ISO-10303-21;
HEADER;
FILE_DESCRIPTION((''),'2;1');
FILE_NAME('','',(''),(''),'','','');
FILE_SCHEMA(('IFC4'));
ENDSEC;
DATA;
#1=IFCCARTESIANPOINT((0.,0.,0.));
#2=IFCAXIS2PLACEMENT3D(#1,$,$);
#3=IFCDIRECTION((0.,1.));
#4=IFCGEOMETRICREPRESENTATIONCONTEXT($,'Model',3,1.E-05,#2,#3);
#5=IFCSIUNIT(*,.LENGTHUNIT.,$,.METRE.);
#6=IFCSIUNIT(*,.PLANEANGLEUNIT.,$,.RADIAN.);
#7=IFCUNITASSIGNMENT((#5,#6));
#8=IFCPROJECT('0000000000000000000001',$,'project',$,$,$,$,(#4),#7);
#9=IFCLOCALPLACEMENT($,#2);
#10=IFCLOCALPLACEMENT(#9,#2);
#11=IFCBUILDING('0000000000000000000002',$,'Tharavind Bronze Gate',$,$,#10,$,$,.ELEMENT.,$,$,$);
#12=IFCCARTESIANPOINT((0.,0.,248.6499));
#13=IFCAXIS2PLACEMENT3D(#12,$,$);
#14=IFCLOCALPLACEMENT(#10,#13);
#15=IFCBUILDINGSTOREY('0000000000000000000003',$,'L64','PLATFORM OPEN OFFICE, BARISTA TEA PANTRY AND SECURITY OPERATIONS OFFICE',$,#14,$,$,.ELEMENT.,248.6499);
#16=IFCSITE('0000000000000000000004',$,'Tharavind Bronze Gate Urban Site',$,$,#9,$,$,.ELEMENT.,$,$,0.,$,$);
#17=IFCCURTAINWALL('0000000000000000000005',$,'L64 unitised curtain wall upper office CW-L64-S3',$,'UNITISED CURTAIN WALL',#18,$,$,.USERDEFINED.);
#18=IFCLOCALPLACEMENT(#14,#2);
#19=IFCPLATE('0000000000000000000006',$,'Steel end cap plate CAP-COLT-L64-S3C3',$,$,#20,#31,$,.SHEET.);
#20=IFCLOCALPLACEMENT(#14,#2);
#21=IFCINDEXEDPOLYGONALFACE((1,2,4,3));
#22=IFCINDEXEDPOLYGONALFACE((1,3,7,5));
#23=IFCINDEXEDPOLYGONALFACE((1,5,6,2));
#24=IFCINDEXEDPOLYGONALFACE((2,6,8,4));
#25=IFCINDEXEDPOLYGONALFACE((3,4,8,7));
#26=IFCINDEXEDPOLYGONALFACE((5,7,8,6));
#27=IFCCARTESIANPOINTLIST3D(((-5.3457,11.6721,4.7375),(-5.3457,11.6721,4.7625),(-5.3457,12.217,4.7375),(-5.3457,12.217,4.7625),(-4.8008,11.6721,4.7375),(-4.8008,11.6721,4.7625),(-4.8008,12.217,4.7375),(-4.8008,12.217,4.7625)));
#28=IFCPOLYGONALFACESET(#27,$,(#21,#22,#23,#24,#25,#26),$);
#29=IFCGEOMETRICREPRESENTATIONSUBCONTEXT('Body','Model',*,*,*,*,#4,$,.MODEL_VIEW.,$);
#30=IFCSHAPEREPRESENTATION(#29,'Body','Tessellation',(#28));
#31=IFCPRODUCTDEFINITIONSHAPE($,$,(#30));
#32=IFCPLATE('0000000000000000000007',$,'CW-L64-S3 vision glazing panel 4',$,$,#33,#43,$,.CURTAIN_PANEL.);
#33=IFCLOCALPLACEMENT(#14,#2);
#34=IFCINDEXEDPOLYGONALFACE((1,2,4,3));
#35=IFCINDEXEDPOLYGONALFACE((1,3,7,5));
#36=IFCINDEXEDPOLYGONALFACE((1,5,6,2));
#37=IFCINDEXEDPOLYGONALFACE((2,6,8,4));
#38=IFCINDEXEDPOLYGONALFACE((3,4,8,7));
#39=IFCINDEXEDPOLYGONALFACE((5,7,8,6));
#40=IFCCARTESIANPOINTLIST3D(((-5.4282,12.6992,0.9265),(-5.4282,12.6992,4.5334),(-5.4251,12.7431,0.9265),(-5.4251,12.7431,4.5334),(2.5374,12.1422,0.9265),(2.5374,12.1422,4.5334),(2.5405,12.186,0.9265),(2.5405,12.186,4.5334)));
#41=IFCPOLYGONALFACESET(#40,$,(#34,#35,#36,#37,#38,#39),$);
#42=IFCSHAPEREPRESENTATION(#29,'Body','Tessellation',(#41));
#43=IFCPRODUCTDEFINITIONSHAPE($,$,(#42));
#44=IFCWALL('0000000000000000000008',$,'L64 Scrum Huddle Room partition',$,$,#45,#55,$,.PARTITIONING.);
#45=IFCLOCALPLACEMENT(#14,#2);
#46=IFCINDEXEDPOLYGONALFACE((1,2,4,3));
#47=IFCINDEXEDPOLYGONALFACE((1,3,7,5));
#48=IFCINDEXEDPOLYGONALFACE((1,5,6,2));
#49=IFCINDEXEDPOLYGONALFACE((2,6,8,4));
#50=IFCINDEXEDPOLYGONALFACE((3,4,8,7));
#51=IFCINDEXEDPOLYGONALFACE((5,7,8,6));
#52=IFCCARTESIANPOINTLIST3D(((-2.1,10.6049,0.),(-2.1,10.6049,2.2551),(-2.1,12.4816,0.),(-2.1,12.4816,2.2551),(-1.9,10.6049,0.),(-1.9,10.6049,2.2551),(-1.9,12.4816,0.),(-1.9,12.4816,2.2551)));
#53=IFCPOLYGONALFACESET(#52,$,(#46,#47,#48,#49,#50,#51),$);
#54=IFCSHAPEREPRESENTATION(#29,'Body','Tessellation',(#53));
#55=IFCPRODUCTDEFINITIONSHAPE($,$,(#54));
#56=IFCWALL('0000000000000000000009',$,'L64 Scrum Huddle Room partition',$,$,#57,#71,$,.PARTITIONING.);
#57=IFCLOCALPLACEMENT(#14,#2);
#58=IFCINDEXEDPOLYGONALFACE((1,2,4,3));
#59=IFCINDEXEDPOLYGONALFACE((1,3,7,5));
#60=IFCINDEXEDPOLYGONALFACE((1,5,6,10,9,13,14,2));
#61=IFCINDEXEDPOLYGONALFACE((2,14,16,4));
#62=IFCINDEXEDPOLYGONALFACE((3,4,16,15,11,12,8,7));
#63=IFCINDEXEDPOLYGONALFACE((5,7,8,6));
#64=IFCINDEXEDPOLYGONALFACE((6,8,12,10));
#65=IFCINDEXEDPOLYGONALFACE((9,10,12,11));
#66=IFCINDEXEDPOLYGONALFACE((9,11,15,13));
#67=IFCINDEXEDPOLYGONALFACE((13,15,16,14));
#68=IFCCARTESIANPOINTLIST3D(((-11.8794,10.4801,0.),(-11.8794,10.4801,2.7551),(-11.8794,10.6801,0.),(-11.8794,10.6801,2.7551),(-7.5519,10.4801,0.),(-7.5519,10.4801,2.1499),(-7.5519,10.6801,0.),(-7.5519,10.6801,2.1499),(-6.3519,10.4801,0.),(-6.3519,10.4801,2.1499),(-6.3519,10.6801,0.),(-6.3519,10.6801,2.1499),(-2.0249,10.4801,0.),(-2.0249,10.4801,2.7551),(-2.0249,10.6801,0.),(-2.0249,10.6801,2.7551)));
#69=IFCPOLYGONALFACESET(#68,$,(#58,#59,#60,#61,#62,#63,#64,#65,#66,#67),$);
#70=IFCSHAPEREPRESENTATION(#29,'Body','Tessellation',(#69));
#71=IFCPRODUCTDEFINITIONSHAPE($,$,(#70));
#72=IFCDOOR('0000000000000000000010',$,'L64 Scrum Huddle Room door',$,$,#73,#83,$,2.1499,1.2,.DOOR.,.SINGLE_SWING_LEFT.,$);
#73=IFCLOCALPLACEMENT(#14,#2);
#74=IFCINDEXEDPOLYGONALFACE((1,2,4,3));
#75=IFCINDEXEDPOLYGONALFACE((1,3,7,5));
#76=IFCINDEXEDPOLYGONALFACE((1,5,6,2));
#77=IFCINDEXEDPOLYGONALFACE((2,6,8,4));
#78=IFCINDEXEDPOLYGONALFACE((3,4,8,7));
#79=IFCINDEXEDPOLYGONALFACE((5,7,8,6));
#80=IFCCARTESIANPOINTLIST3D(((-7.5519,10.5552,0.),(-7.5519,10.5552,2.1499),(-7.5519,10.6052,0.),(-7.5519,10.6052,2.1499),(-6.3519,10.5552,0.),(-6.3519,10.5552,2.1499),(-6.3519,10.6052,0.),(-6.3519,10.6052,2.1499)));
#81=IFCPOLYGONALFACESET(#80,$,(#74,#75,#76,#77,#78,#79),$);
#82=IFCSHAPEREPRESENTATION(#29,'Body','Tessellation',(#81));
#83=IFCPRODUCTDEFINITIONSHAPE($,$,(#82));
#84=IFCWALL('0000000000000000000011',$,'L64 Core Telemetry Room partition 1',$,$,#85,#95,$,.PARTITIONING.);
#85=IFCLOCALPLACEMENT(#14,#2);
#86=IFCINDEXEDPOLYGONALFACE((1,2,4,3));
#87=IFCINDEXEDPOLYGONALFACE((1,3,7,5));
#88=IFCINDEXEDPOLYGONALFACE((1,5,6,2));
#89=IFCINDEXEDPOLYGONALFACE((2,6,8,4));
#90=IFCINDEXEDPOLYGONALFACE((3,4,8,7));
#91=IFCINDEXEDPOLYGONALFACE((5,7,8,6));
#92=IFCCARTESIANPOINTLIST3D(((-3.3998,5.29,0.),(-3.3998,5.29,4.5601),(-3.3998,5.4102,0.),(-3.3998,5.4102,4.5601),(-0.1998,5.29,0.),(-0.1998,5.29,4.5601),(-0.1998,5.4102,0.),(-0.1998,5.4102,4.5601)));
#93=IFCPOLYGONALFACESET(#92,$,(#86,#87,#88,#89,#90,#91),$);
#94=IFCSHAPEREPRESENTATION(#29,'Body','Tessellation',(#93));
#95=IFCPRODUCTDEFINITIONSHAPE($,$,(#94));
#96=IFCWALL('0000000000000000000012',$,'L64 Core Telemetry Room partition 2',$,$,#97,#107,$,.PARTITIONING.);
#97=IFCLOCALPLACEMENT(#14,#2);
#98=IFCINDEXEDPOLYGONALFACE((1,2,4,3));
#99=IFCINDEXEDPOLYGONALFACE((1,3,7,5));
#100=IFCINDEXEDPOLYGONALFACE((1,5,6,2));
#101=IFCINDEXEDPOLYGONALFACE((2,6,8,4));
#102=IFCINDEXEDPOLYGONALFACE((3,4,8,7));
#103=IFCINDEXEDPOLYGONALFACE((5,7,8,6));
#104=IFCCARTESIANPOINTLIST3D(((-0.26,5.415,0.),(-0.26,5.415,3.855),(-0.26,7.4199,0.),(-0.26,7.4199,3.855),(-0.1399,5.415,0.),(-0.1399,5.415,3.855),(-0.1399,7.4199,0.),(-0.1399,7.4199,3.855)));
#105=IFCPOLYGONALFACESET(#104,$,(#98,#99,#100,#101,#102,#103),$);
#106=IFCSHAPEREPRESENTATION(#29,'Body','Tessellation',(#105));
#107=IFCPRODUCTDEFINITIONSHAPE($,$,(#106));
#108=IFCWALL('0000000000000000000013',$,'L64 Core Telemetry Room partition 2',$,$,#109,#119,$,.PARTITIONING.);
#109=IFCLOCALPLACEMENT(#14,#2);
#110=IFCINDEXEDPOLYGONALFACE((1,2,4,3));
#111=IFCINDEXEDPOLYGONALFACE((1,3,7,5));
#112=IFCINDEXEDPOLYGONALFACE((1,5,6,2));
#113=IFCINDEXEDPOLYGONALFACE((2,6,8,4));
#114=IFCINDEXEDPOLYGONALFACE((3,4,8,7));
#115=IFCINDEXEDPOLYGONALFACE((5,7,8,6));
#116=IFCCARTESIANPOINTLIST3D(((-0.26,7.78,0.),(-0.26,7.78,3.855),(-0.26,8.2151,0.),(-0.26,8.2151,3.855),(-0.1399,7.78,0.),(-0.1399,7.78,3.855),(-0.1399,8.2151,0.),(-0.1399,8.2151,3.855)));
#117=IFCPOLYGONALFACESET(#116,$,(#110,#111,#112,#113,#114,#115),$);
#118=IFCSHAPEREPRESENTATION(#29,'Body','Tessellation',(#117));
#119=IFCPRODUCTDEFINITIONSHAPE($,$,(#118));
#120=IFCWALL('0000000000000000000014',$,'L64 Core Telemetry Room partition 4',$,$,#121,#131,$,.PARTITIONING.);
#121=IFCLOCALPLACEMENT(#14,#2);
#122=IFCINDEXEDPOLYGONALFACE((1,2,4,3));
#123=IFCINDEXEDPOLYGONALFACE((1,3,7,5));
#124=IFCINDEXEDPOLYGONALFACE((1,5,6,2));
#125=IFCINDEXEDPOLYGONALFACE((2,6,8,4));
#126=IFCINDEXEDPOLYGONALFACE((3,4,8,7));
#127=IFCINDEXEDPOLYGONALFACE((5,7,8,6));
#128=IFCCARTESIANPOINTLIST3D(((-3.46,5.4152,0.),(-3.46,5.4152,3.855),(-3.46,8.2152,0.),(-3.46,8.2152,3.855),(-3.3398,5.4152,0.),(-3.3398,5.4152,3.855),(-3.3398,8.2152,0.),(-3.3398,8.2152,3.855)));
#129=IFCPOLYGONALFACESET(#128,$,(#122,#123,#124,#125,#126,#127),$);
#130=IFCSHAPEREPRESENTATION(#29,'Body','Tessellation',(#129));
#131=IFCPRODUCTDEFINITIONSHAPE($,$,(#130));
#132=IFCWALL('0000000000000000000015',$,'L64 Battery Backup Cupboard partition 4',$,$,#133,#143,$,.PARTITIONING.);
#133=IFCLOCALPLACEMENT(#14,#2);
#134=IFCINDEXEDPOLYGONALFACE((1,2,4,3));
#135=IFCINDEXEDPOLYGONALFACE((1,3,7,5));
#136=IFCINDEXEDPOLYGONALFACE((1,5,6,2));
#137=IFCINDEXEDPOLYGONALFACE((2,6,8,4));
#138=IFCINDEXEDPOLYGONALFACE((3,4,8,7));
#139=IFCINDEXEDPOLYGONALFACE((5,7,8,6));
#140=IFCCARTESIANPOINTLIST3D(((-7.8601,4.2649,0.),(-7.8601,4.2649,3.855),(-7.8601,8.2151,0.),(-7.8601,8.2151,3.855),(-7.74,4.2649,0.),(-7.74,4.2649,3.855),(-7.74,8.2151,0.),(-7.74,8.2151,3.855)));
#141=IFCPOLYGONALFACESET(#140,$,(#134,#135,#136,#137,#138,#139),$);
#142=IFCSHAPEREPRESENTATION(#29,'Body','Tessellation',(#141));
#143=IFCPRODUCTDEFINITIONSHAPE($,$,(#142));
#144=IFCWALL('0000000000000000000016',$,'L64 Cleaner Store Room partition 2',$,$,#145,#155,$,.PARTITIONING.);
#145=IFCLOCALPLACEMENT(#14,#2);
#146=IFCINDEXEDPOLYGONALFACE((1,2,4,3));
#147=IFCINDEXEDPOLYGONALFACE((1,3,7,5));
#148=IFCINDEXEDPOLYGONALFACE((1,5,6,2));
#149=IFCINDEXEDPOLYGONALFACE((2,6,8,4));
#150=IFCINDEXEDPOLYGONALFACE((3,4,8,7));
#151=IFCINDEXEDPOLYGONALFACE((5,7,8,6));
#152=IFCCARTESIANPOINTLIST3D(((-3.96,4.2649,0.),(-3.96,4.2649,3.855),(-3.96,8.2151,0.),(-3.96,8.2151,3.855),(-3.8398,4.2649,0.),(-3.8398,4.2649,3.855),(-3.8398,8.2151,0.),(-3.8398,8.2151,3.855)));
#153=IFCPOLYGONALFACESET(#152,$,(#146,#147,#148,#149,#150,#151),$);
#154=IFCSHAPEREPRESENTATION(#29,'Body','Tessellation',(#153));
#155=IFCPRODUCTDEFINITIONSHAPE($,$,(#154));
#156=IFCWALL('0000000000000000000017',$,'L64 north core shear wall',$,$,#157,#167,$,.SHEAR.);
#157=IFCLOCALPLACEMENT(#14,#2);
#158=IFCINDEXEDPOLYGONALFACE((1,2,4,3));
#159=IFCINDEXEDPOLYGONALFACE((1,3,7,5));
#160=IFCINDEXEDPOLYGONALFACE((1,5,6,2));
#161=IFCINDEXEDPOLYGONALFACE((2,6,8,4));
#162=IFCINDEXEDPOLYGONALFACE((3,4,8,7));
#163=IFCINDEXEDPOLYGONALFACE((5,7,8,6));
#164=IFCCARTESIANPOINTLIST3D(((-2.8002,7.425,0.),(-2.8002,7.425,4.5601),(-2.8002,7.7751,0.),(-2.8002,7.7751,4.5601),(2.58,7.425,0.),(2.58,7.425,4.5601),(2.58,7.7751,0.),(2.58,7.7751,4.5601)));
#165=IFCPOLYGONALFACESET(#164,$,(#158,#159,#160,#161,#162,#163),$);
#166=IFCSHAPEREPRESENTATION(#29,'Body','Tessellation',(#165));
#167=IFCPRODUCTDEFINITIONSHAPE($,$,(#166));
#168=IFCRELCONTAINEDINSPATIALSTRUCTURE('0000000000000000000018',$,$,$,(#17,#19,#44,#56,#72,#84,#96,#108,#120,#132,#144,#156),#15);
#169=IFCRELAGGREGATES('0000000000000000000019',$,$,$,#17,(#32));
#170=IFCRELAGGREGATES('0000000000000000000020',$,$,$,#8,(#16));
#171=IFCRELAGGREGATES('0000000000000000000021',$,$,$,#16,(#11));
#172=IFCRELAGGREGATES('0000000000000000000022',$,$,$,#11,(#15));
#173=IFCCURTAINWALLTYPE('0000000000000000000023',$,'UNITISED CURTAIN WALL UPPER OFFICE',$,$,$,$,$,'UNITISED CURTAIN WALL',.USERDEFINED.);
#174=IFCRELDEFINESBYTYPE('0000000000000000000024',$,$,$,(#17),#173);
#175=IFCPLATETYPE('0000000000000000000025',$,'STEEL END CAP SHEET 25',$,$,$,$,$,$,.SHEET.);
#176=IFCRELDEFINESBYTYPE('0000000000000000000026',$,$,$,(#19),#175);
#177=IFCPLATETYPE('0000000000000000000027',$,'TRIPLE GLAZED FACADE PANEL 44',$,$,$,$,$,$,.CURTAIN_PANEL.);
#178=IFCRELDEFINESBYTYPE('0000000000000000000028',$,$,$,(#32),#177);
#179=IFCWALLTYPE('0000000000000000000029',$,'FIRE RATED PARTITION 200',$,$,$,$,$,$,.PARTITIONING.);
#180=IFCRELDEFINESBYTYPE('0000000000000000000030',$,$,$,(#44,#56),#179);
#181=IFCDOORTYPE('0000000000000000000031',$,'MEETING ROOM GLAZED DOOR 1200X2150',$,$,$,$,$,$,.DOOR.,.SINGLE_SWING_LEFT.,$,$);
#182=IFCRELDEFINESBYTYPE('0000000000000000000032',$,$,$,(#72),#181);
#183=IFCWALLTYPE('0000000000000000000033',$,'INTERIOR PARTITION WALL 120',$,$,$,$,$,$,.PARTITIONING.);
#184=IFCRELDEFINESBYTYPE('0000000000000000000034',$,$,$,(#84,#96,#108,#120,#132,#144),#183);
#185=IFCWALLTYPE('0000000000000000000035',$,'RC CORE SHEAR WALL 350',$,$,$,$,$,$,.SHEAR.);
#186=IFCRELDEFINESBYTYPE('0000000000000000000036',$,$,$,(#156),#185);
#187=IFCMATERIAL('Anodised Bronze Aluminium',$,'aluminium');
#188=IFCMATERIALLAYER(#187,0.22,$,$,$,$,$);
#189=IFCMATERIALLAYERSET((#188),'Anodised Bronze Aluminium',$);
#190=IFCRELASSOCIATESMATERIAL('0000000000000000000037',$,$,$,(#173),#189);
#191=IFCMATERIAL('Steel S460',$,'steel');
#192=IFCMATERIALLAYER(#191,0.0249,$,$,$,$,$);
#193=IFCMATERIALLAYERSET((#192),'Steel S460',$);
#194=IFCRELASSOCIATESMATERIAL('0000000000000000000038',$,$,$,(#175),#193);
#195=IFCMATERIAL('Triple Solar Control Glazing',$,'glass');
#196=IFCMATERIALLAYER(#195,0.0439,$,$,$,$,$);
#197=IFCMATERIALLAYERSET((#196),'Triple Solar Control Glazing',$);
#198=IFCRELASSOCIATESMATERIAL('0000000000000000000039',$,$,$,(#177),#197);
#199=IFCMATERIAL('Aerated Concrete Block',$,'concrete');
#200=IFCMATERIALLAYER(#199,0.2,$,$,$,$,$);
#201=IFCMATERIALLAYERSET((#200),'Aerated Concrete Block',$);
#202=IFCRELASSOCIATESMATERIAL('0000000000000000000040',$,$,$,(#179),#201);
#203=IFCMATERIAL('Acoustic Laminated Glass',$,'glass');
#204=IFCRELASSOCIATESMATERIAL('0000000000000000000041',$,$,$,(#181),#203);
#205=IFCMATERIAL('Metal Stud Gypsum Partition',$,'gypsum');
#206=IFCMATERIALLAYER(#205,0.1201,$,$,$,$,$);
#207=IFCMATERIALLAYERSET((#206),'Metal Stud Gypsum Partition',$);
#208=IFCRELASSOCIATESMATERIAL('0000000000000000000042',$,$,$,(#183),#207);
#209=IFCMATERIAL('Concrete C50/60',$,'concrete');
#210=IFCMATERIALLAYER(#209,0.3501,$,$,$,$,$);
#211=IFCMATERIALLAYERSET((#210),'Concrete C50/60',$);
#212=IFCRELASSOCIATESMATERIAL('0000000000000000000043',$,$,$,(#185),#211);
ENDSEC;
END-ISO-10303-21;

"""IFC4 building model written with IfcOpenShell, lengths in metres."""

from ifc_helpers import new_model, si_unit, direction, frame, frame_2d, origin, origin_2d, place, context, subcontext, project, spatial, rectangle, extrude, material, layer, layer_set, type_object, element, fill, aggregate, save


model = new_model("IFC4")

# Units and contexts
model_context = context("Model", 3, precision=1e-05, world=origin(), true_north=direction((0.0, 1.0)))
body_context = subcontext(model_context, "Body", "Model", "MODEL_VIEW")
ifc_project = project(units=[si_unit("LENGTHUNIT", "METRE"), si_unit("PLANEANGLEUNIT", "RADIAN")], contexts=[model_context])

# Site, building, storey
site_placement = place(None, origin())
site = spatial("IfcSite", under=ifc_project, at=site_placement, Name="Tharavind Bronze Gate Urban Site", CompositionType="ELEMENT", RefElevation=0.0)
building_placement = place(site_placement, origin())
building = spatial("IfcBuilding", under=site, at=building_placement, Name="Tharavind Bronze Gate", CompositionType="ELEMENT")
storey_placement = place(building_placement, frame((0.0, 0.0, 248.6499)))
storey = spatial("IfcBuildingStorey", under=building, at=storey_placement, Name="L64", Description="PLATFORM OPEN OFFICE, BARISTA TEA PANTRY AND SECURITY OPERATIONS OFFICE", CompositionType="ELEMENT", Elevation=248.6499)

# Shared definitions
ifc_material_1 = material(Name="Steel S460", Category="steel")

# Curtain wall
ifc_material_2 = material(Name="Anodised Bronze Aluminium", Category="aluminium")
ifc_layer_1 = layer(ifc_material_2, 0.22)
ifc_layer_set_1 = layer_set([ifc_layer_1], Name="Anodised Bronze Aluminium")
curtain_wall_type = type_object("IfcCurtainWallType", Name="UNITISED CURTAIN WALL UPPER OFFICE", ElementType="UNITISED CURTAIN WALL", PredefinedType="USERDEFINED", material=ifc_layer_set_1)
curtain_wall_placement = place(storey_placement, origin())
curtain_wall = element("IfcCurtainWall", 1, at=curtain_wall_placement, inside=storey, type_object=curtain_wall_type, Name="L64 unitised curtain wall upper office CW-L64-S3", ObjectType="UNITISED CURTAIN WALL", PredefinedType="USERDEFINED")

# Plates
ifc_layer_2 = layer(ifc_material_1, 0.0249)
ifc_layer_set_2 = layer_set([ifc_layer_2], Name="Steel S460")
plate_type_1 = type_object("IfcPlateType", Name="STEEL END CAP SHEET 25", PredefinedType="SHEET", material=ifc_layer_set_2)
plate_1_placement = place(storey_placement, frame((-5.0732, 11.9446, 4.7375), z_axis=(0.0, 0.0, 1.0), x_axis=(1.0, 0.0, 0.0)))
element("IfcPlate", 2, at=plate_1_placement, inside=storey, type_object=plate_type_1, Name="Steel end cap plate CAP-COLT-L64-S3C3", PredefinedType="SHEET", context=body_context, shape_type="SweptSolid", body=[
    extrude(rectangle(XDim=0.5449, YDim=0.5449, at=origin_2d()), origin(), (0.0, 0.0, 1.0), 0.0249),
])
ifc_material_3 = material(Name="Triple Solar Control Glazing", Category="glass")
ifc_layer_3 = layer(ifc_material_3, 0.0439)
ifc_layer_set_3 = layer_set([ifc_layer_3], Name="Triple Solar Control Glazing")
plate_type_2 = type_object("IfcPlateType", Name="TRIPLE GLAZED FACADE PANEL 44", PredefinedType="CURTAIN_PANEL", material=ifc_layer_set_3)
plate_2_placement = place(storey_placement, frame((-1.4438, 12.4426, 0.9265), z_axis=(0.0, 0.0, 1.0), x_axis=(-0.997564, 0.069758, 0.0)))
plate_2 = element("IfcPlate", 3, at=plate_2_placement, type_object=plate_type_2, Name="CW-L64-S3 vision glazing panel 4", PredefinedType="CURTAIN_PANEL", context=body_context, shape_type="SweptSolid", body=[
    extrude(rectangle(XDim=7.9851, YDim=0.0439, at=origin_2d()), origin(), (0.0, 0.0, 1.0), 3.6069),
])
aggregate(curtain_wall, [plate_2])

# Wall
ifc_material_4 = material(Name="Aerated Concrete Block", Category="concrete")
ifc_layer_4 = layer(ifc_material_4, 0.2)
ifc_layer_set_4 = layer_set([ifc_layer_4], Name="Aerated Concrete Block")
wall_type_1 = type_object("IfcWallType", Name="FIRE RATED PARTITION 200", PredefinedType="PARTITIONING", material=ifc_layer_set_4)
wall_1_placement = place(storey_placement, frame((-2.0, 12.4817, 0.0), z_axis=(0.0, 0.0, 1.0), x_axis=(0.0, -1.0, 0.0)))
element("IfcWall", 4, at=wall_1_placement, inside=storey, type_object=wall_type_1, Name="L64 Scrum Huddle Room partition", PredefinedType="PARTITIONING", context=body_context, shape_type="SweptSolid", body=[
    extrude(rectangle(XDim=1.8767, YDim=0.2, at=frame_2d((0.9385, 0.0))), origin(), (0.0, 0.0, 1.0), 2.2551),
])

# Wall, opening, door
wall_2_placement = place(storey_placement, frame((-2.0249, 10.5801, 0.0), z_axis=(0.0, 0.0, 1.0), x_axis=(-1.0, 0.0, 0.0)))
wall_2 = element("IfcWall", 5, at=wall_2_placement, inside=storey, type_object=wall_type_1, Name="L64 Scrum Huddle Room partition", PredefinedType="PARTITIONING", context=body_context, shape_type="SweptSolid", body=[
    extrude(rectangle(XDim=9.8545, YDim=0.2, at=frame_2d((4.9272, 0.0))), origin(), (0.0, 0.0, 1.0), 2.7551),
])
opening_placement = place(wall_2_placement, frame((4.3269, 0.0, 0.0)))
opening = element("IfcOpeningElement", 6, at=opening_placement, cuts=wall_2, PredefinedType="OPENING", context=body_context, shape_type="SweptSolid", body=[
    extrude(rectangle(XDim=1.2, YDim=2.1499, at=frame_2d((0.6001, 1.075))), frame((0.0, 0.1101, 0.0), z_axis=(0.0, -1.0, 0.0), x_axis=(1.0, 0.0, 0.0)), (0.0, 0.0, 1.0), 0.22),
])
ifc_material_5 = material(Name="Acoustic Laminated Glass", Category="glass")
door_type = type_object("IfcDoorType", Name="MEETING ROOM GLAZED DOOR 1200X2150", OperationType="SINGLE_SWING_LEFT", PredefinedType="DOOR", material=ifc_material_5)
door_placement = place(opening_placement, origin())
door = element("IfcDoor", 7, at=door_placement, inside=storey, type_object=door_type, Name="L64 Scrum Huddle Room door", OperationType="SINGLE_SWING_LEFT", OverallHeight=2.1499, OverallWidth=1.2, PredefinedType="DOOR", context=body_context, shape_type="SweptSolid", body=[
    extrude(rectangle(XDim=1.2, YDim=2.1499, at=frame_2d((0.6001, 1.075))), frame((0.0, 0.0249, 0.0), z_axis=(0.0, -1.0, 0.0), x_axis=(1.0, 0.0, 0.0)), (0.0, 0.0, 1.0), 0.05),
])
fill(opening, door)

# Walls
ifc_material_6 = material(Name="Metal Stud Gypsum Partition", Category="gypsum")
ifc_layer_5 = layer(ifc_material_6, 0.1201)
ifc_layer_set_5 = layer_set([ifc_layer_5], Name="Metal Stud Gypsum Partition")
wall_type_2 = type_object("IfcWallType", Name="INTERIOR PARTITION WALL 120", PredefinedType="PARTITIONING", material=ifc_layer_set_5)
wall_3_placement = place(storey_placement, frame((-3.3999, 5.3501, 0.0), z_axis=(0.0, 0.0, 1.0), x_axis=(1.0, 0.0, 0.0)))
element("IfcWall", 8, at=wall_3_placement, inside=storey, type_object=wall_type_2, Name="L64 Core Telemetry Room partition 1", PredefinedType="PARTITIONING", context=body_context, shape_type="SweptSolid", body=[
    extrude(rectangle(XDim=3.2, YDim=0.1201, at=frame_2d((1.6001, 0.0))), origin(), (0.0, 0.0, 1.0), 4.5601),
])
wall_4_placement = place(storey_placement, frame((-0.2, 5.415, 0.0), z_axis=(0.0, 0.0, 1.0), x_axis=(0.0, 1.0, 0.0)))
element("IfcWall", 9, at=wall_4_placement, inside=storey, type_object=wall_type_2, Name="L64 Core Telemetry Room partition 2", PredefinedType="PARTITIONING", context=body_context, shape_type="SweptSolid", body=[
    extrude(rectangle(XDim=2.0049, YDim=0.1201, at=frame_2d((1.0024, 0.0))), origin(), (0.0, 0.0, 1.0), 3.855),
])
wall_5_placement = place(storey_placement, frame((-0.2, 7.78, 0.0), z_axis=(0.0, 0.0, 1.0), x_axis=(0.0, 1.0, 0.0)))
element("IfcWall", 10, at=wall_5_placement, inside=storey, type_object=wall_type_2, Name="L64 Core Telemetry Room partition 2", PredefinedType="PARTITIONING", context=body_context, shape_type="SweptSolid", body=[
    extrude(rectangle(XDim=0.4351, YDim=0.1201, at=frame_2d((0.2175, 0.0))), origin(), (0.0, 0.0, 1.0), 3.855),
])
wall_6_placement = place(storey_placement, frame((-3.3999, 8.2151, 0.0), z_axis=(0.0, 0.0, 1.0), x_axis=(0.0, -1.0, 0.0)))
element("IfcWall", 11, at=wall_6_placement, inside=storey, type_object=wall_type_2, Name="L64 Core Telemetry Room partition 4", PredefinedType="PARTITIONING", context=body_context, shape_type="SweptSolid", body=[
    extrude(rectangle(XDim=2.8, YDim=0.1201, at=frame_2d((1.3999, 0.0))), origin(), (0.0, 0.0, 1.0), 3.855),
])
for number, where, z_axis, x_axis, name in (
    (12, (-7.8, 8.2151, 0.0), (0.0, 0.0, 1.0), (0.0, -1.0, 0.0), "L64 Battery Backup Cupboard partition 4"),
    (13, (-3.8999, 4.2649, 0.0), (0.0, 0.0, 1.0), (0.0, 1.0, 0.0), "L64 Cleaner Store Room partition 2"),
):
    element("IfcWall", number, at=place(storey_placement, frame(where, z_axis=z_axis, x_axis=x_axis)), inside=storey, type_object=wall_type_2, Name=name, PredefinedType="PARTITIONING", context=body_context, shape_type="SweptSolid", body=[
        extrude(rectangle(XDim=3.9502, YDim=0.1201, at=frame_2d((1.9751, 0.0))), origin(), (0.0, 0.0, 1.0), 3.855),
    ])
ifc_material_7 = material(Name="Concrete C50/60", Category="concrete")
ifc_layer_6 = layer(ifc_material_7, 0.3501)
ifc_layer_set_6 = layer_set([ifc_layer_6], Name="Concrete C50/60")
wall_type_3 = type_object("IfcWallType", Name="RC CORE SHEAR WALL 350", PredefinedType="SHEAR", material=ifc_layer_set_6)
wall_7_placement = place(storey_placement, frame((-2.8, 7.6001, 0.0), z_axis=(0.0, 0.0, 1.0), x_axis=(1.0, 0.0, 0.0)))
element("IfcWall", 14, at=wall_7_placement, inside=storey, type_object=wall_type_3, Name="L64 north core shear wall", PredefinedType="SHEAR", context=body_context, shape_type="SweptSolid", body=[
    extrude(rectangle(XDim=5.3801, YDim=0.3501, at=frame_2d((2.6899, 0.0))), origin(), (0.0, 0.0, 1.0), 4.5601),
])

save(model, "model.ifc")
